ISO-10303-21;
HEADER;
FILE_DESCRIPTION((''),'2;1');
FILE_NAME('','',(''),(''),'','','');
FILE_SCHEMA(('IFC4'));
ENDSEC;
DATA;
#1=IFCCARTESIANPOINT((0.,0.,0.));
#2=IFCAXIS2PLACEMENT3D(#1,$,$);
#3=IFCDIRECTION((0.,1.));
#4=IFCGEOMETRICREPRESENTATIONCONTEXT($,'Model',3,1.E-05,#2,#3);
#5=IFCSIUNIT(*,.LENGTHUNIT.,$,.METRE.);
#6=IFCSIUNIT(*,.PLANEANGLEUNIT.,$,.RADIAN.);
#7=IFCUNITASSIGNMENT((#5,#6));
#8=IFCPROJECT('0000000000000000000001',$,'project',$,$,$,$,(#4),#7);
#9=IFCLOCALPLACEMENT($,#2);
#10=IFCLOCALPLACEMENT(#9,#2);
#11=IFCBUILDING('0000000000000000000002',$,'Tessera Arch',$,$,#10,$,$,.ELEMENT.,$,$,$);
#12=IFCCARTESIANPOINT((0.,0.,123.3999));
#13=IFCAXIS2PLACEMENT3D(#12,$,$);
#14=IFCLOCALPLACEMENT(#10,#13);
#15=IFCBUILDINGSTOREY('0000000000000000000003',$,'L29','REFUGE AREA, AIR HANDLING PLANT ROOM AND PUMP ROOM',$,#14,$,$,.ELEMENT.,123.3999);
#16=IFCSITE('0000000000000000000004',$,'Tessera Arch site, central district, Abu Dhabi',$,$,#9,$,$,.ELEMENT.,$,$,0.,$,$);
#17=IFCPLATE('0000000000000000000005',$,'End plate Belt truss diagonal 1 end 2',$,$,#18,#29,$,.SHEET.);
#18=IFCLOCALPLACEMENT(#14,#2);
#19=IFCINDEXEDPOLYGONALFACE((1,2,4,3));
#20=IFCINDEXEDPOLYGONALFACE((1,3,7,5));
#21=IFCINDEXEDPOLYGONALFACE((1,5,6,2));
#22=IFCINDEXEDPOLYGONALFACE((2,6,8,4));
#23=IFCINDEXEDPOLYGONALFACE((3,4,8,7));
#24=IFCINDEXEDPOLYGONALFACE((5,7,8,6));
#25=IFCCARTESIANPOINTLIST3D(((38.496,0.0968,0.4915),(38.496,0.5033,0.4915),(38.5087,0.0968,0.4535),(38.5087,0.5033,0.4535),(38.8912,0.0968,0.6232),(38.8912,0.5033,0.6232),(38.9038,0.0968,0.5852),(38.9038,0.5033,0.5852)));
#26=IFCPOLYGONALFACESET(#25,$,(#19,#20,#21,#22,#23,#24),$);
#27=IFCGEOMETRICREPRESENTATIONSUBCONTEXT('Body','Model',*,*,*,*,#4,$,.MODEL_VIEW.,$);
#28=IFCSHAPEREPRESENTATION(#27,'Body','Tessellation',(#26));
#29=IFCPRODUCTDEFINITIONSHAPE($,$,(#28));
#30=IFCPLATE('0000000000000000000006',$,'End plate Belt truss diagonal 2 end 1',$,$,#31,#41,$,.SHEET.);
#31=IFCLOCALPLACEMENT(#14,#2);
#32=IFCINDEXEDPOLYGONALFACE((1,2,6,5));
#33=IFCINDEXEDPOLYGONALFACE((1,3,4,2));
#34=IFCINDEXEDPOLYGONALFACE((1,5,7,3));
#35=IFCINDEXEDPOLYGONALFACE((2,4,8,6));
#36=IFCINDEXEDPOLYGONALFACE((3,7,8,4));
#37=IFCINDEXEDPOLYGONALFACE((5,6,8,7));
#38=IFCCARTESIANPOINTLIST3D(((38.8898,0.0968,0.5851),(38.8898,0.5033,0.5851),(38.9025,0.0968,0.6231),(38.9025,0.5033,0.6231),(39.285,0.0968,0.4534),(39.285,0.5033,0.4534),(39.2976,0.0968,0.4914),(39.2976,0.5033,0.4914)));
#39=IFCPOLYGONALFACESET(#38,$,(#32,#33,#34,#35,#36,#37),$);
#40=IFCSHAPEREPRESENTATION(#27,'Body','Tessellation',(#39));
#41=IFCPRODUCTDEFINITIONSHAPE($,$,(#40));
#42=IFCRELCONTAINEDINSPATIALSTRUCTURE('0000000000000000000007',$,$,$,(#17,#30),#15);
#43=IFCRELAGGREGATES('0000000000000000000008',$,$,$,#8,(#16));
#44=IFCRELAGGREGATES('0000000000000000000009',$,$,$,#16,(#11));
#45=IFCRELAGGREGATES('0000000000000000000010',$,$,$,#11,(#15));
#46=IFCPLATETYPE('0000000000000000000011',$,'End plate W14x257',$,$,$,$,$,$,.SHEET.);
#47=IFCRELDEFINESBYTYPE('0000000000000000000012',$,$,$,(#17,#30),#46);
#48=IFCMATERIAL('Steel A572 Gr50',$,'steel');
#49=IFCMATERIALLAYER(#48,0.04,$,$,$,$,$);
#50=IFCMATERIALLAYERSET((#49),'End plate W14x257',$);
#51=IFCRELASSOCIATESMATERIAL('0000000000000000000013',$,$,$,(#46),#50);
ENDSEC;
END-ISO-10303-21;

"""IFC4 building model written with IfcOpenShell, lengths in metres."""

from ifc_helpers import new_model, si_unit, direction, frame, origin, origin_2d, place, context, subcontext, project, spatial, rectangle, extrude, material, layer, layer_set, type_object, element, save


model = new_model("IFC4")

# Units and contexts
model_context = context("Model", 3, precision=1e-05, world=origin(), true_north=direction((0.0, 1.0)))
body_context = subcontext(model_context, "Body", "Model", "MODEL_VIEW")
ifc_project = project(units=[si_unit("LENGTHUNIT", "METRE"), si_unit("PLANEANGLEUNIT", "RADIAN")], contexts=[model_context])

# Site, building, storey
site_placement = place(None, origin())
site = spatial("IfcSite", under=ifc_project, at=site_placement, Name="Tessera Arch site, central district, Abu Dhabi", CompositionType="ELEMENT", RefElevation=0.0)
building_placement = place(site_placement, origin())
building = spatial("IfcBuilding", under=site, at=building_placement, Name="Tessera Arch", CompositionType="ELEMENT")
storey_placement = place(building_placement, frame((0.0, 0.0, 123.3999)))
storey = spatial("IfcBuildingStorey", under=building, at=storey_placement, Name="L29", Description="REFUGE AREA, AIR HANDLING PLANT ROOM AND PUMP ROOM", CompositionType="ELEMENT", Elevation=123.3999)

# Plates
ifc_material_1 = material(Name="Steel A572 Gr50", Category="steel")
ifc_layer_1 = layer(ifc_material_1, 0.04)
ifc_layer_set_1 = layer_set([ifc_layer_1], Name="End plate W14x257")
plate_type_1 = type_object("IfcPlateType", Name="End plate W14x257", PredefinedType="SHEET", material=ifc_layer_set_1)
for number, where, z_axis, x_axis, name in (
    (1, (38.6936, 0.3, 0.5574), (0.316228, 0.0, -0.948683), (0.0, 1.0, 0.0), "End plate Belt truss diagonal 1 end 2"),
    (2, (39.0874, 0.3, 0.5193), (0.316228, 0.0, 0.948683), (0.0, 1.0, 0.0), "End plate Belt truss diagonal 2 end 1"),
):
    element("IfcPlate", number, at=place(storey_placement, frame(where, z_axis=z_axis, x_axis=x_axis)), inside=storey, type_object=plate_type_1, Name=name, PredefinedType="SHEET", context=body_context, shape_type="SweptSolid", body=[
        extrude(rectangle(XDim=0.4065, YDim=0.4165, at=origin_2d()), origin(), (0.0, 0.0, 1.0), 0.04),
    ])

save(model, "model.ifc")
